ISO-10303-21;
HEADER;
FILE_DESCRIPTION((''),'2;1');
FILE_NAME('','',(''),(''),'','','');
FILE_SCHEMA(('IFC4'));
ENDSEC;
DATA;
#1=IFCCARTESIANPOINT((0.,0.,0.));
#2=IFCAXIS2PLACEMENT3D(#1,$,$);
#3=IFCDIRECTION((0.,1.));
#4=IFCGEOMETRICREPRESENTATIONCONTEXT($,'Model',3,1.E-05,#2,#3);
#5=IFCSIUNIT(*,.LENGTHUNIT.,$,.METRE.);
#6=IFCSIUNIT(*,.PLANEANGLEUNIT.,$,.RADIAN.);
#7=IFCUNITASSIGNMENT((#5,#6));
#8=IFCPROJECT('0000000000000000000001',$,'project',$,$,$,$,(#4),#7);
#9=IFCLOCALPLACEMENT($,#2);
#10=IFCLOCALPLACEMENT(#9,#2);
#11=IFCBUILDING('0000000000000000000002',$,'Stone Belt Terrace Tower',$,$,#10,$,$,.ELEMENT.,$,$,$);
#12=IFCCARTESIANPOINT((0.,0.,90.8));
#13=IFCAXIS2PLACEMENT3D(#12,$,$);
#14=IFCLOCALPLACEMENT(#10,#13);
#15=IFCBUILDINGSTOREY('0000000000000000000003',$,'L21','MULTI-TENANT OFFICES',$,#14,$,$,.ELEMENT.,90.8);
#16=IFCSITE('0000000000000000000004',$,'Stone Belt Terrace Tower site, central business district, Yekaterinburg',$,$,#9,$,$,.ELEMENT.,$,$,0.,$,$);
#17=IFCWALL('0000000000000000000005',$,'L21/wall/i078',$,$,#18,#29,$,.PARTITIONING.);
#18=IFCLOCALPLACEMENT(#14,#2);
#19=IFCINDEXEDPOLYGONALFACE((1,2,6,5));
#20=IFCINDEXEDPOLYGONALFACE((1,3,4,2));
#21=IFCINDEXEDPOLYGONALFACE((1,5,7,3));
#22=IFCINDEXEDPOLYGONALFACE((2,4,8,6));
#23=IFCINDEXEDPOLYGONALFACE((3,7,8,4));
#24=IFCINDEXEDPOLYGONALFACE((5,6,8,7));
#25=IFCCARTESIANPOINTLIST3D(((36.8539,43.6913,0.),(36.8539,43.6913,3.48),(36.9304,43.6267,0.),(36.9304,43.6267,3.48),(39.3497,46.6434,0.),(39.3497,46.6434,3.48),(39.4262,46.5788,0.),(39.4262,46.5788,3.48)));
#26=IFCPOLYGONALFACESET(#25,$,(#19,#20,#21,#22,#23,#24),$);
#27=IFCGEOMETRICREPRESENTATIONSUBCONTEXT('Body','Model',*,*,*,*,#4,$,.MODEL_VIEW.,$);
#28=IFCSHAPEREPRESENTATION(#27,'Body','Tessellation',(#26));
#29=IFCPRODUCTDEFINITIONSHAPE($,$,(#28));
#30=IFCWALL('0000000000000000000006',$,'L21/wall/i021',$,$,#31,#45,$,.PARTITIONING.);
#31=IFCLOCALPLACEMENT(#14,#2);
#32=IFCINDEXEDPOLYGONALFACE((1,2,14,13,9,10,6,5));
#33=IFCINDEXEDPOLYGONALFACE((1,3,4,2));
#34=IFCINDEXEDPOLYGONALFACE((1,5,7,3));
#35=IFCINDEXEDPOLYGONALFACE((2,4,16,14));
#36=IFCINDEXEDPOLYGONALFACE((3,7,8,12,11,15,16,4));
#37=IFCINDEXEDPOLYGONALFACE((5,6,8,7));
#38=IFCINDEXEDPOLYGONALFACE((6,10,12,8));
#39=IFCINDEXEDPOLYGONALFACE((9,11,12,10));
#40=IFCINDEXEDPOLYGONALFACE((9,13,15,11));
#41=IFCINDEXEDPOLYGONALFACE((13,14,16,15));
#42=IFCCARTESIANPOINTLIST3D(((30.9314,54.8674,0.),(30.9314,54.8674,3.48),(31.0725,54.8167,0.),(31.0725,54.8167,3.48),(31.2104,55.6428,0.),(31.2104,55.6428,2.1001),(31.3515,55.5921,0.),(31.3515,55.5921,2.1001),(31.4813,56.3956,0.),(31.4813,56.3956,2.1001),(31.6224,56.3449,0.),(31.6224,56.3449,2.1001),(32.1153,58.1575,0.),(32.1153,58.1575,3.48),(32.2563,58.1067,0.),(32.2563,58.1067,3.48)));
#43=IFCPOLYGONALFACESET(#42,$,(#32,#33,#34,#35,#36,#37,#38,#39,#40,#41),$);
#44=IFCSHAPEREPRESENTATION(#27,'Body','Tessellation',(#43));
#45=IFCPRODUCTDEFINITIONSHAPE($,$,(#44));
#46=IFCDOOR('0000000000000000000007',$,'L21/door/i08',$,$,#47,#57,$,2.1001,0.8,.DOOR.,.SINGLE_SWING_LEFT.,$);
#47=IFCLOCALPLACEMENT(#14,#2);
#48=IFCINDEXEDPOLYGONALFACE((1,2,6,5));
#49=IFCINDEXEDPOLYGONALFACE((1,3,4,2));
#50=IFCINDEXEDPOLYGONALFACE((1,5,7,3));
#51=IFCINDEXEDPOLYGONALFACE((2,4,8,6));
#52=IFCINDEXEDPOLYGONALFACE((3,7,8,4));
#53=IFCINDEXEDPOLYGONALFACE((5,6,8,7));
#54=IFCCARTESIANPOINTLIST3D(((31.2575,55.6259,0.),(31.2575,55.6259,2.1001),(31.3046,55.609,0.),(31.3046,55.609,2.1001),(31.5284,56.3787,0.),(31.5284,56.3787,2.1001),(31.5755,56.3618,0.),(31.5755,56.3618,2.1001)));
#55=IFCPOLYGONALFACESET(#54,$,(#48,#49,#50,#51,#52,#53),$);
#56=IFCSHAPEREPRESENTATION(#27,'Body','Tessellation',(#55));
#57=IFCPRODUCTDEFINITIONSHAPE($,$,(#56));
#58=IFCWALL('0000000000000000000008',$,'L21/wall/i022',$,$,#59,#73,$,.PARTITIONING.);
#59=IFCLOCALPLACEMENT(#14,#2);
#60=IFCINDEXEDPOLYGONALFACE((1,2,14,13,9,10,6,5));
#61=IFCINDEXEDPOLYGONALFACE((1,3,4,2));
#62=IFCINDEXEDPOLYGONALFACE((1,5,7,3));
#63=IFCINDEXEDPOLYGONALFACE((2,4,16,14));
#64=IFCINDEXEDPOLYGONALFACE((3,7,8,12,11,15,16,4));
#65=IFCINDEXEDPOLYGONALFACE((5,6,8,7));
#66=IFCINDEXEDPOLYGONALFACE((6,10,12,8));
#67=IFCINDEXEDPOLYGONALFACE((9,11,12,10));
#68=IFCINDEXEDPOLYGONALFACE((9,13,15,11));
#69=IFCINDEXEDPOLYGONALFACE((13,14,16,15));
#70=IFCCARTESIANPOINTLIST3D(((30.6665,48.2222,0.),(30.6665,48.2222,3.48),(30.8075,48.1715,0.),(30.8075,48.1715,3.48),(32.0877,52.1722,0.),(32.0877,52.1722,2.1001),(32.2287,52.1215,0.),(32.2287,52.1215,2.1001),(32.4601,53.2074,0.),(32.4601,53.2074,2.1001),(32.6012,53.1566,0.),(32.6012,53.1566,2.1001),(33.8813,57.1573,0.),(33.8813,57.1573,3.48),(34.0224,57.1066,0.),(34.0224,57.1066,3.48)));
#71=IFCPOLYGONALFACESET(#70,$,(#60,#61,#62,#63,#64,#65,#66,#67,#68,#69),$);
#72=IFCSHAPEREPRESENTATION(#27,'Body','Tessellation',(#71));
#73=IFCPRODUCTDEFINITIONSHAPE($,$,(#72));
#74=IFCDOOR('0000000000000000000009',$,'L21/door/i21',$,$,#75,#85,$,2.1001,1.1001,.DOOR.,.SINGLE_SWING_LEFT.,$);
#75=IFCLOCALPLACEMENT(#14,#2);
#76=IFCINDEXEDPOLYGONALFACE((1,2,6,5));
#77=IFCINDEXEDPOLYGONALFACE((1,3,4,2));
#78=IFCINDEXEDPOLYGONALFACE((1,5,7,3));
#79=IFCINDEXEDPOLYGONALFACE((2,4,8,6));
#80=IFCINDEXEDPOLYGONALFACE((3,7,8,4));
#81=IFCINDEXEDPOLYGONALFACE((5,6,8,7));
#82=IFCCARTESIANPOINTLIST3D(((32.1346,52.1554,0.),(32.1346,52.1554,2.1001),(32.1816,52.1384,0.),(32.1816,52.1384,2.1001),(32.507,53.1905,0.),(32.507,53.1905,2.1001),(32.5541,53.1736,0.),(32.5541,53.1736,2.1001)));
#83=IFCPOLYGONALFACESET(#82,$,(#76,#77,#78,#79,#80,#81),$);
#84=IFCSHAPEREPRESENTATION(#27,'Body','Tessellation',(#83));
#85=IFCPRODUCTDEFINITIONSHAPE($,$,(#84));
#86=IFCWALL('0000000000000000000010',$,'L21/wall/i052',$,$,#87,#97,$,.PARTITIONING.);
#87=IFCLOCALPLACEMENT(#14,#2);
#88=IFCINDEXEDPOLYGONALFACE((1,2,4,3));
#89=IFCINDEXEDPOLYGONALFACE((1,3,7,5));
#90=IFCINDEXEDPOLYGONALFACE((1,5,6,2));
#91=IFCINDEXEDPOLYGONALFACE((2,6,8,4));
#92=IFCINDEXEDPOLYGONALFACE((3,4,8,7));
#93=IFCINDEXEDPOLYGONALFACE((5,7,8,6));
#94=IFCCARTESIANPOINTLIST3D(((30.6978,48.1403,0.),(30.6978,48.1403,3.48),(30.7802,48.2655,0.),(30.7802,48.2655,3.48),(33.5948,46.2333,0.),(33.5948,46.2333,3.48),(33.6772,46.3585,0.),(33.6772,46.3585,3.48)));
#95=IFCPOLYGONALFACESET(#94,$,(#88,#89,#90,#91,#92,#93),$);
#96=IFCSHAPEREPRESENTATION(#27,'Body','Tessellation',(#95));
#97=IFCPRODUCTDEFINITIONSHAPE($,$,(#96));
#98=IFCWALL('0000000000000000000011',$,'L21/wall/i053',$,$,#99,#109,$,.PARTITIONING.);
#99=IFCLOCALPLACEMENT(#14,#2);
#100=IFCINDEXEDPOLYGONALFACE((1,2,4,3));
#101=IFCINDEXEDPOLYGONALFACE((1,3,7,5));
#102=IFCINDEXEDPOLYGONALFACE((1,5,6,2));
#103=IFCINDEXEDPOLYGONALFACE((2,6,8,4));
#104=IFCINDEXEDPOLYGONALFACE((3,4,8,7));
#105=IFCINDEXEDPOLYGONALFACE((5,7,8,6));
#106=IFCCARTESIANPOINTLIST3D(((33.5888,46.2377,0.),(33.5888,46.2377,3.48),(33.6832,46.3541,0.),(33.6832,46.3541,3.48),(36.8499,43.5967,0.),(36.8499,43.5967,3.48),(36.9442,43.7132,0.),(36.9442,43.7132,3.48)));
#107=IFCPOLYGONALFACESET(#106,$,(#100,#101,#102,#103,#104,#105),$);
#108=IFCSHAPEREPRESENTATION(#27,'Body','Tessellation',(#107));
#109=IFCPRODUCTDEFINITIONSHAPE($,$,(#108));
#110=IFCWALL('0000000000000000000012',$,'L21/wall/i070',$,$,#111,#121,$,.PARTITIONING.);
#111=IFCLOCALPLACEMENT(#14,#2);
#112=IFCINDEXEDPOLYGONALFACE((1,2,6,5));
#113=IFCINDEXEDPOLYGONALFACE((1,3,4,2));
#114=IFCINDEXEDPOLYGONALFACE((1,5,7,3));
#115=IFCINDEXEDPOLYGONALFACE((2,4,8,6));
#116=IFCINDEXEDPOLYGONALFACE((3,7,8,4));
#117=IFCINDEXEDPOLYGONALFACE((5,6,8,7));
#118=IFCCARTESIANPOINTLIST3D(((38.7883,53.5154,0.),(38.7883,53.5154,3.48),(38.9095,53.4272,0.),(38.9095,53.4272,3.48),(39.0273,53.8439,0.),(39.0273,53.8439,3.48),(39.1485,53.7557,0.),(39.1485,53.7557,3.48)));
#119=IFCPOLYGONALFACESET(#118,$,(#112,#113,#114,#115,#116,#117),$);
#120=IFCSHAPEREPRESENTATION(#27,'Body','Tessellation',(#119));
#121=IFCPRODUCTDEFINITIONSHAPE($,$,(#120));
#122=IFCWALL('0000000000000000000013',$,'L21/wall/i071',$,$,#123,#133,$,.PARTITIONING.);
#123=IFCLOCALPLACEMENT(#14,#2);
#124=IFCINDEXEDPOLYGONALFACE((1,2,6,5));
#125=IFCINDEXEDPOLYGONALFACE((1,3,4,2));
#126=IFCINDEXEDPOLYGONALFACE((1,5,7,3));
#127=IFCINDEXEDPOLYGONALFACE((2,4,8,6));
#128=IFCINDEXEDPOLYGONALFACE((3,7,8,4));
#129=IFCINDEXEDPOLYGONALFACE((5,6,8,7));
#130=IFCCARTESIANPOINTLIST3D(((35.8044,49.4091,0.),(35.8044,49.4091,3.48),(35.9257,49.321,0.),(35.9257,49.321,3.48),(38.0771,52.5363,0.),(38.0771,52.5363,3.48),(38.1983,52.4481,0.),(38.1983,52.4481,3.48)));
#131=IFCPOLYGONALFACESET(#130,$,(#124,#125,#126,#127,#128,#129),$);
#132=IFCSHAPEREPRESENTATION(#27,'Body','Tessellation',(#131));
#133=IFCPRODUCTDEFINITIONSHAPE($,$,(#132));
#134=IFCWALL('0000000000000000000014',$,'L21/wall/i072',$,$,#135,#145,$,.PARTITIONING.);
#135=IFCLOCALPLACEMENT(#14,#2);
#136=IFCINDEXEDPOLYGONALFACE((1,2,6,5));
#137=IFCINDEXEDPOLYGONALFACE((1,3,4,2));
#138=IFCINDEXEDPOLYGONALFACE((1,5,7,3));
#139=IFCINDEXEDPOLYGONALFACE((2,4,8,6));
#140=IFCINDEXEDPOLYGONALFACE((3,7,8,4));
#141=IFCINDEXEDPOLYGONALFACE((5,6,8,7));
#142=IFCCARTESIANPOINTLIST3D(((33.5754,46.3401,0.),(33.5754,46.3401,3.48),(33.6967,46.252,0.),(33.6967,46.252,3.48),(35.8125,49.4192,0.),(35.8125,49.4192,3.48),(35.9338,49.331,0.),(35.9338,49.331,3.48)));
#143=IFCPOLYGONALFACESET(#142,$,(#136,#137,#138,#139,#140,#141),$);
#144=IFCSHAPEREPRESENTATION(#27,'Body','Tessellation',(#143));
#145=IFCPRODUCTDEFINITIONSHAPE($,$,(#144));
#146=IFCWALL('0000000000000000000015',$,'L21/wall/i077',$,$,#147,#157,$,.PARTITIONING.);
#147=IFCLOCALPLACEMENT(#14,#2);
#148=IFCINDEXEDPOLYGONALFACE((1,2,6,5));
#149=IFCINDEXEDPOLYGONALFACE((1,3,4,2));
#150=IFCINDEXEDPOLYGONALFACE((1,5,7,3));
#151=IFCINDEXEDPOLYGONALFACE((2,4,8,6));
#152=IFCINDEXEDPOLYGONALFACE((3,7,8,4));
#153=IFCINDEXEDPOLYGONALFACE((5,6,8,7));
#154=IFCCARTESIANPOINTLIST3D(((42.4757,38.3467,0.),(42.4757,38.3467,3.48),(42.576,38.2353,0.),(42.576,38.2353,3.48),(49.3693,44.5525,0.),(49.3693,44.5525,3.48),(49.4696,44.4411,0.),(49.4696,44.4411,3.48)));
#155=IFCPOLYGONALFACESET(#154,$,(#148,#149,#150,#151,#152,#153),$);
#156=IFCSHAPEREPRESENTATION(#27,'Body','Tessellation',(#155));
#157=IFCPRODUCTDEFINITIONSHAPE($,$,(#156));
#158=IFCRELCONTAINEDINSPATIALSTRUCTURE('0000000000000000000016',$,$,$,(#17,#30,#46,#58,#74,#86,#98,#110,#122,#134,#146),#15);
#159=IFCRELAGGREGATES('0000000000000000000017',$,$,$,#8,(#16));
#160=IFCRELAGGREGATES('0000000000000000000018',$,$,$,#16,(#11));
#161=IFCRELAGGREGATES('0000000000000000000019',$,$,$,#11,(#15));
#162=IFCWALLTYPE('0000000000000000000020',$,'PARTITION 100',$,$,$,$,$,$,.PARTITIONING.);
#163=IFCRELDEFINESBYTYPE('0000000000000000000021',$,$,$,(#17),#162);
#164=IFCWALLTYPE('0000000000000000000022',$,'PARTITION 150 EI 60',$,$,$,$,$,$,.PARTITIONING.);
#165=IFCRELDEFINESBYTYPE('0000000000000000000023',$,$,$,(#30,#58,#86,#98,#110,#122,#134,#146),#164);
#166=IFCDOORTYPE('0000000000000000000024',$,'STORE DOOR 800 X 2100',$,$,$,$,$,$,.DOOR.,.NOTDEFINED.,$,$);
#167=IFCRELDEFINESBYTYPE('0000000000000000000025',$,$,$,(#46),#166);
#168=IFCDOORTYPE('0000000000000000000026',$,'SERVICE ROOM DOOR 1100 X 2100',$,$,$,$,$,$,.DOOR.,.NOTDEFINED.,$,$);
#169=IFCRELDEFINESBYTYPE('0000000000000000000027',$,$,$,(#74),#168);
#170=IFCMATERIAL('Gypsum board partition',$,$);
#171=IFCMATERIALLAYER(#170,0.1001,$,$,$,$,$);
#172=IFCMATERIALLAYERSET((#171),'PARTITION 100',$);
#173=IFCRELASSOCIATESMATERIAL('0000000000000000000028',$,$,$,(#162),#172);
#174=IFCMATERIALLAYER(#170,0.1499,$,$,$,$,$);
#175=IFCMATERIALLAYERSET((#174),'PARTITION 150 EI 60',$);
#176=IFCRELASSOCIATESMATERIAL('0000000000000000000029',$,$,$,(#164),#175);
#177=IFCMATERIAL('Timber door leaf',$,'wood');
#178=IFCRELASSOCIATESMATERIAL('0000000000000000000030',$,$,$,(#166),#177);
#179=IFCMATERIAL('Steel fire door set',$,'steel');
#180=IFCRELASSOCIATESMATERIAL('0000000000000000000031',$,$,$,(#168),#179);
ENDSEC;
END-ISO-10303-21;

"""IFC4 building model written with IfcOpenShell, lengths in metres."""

from ifc_helpers import new_model, si_unit, direction, frame, frame_2d, origin, place, context, subcontext, project, spatial, rectangle, extrude, material, layer, layer_set, type_object, element, fill, save


model = new_model("IFC4")

# Units and contexts
model_context = context("Model", 3, precision=1e-05, world=origin(), true_north=direction((0.0, 1.0)))
body_context = subcontext(model_context, "Body", "Model", "MODEL_VIEW")
ifc_project = project(units=[si_unit("LENGTHUNIT", "METRE"), si_unit("PLANEANGLEUNIT", "RADIAN")], contexts=[model_context])

# Site, building, storey
site_placement = place(None, origin())
site = spatial("IfcSite", under=ifc_project, at=site_placement, Name="Stone Belt Terrace Tower site, central business district, Yekaterinburg", CompositionType="ELEMENT", RefElevation=0.0)
building_placement = place(site_placement, origin())
building = spatial("IfcBuilding", under=site, at=building_placement, Name="Stone Belt Terrace Tower", CompositionType="ELEMENT")
storey_placement = place(building_placement, frame((0.0, 0.0, 90.8)))
storey = spatial("IfcBuildingStorey", under=building, at=storey_placement, Name="L21", Description="MULTI-TENANT OFFICES", CompositionType="ELEMENT", Elevation=90.8)

# Shared definitions
ifc_material_1 = material(Name="Gypsum board partition")
ifc_layer_1 = layer(ifc_material_1, 0.1001)
ifc_layer_set_1 = layer_set([ifc_layer_1], Name="PARTITION 100")
wall_type_1 = type_object("IfcWallType", Name="PARTITION 100", PredefinedType="PARTITIONING", material=ifc_layer_set_1)
ifc_material_2 = material(Name="Timber door leaf", Category="wood")

# Wall
wall_1_placement = place(storey_placement, frame((39.3879, 46.6111, 0.0), z_axis=(0.0, 0.0, 1.0), x_axis=(-0.645622, -0.763657, 0.0)))
element("IfcWall", 1, at=wall_1_placement, inside=storey, type_object=wall_type_1, Name="L21/wall/i078", PredefinedType="PARTITIONING", context=body_context, shape_type="SweptSolid", body=[
    extrude(rectangle(XDim=3.8657, YDim=0.1001, at=frame_2d((1.9329, 0.0))), origin(), (0.0, 0.0, 1.0), 3.48),
])

# Walls, openings, doors
ifc_layer_2 = layer(ifc_material_1, 0.1499)
ifc_layer_set_2 = layer_set([ifc_layer_2], Name="PARTITION 150 EI 60")
wall_type_2 = type_object("IfcWallType", Name="PARTITION 150 EI 60", PredefinedType="PARTITIONING", material=ifc_layer_set_2)
wall_2_placement = place(storey_placement, frame((31.002, 54.842, 0.0), z_axis=(0.0, 0.0, 1.0), x_axis=(0.338574, 0.94094, 0.0)))
wall_2 = element("IfcWall", 2, at=wall_2_placement, inside=storey, type_object=wall_type_2, Name="L21/wall/i021", PredefinedType="PARTITIONING", context=body_context, shape_type="SweptSolid", body=[
    extrude(rectangle(XDim=3.4966, YDim=0.1499, at=frame_2d((1.7483, 0.0))), origin(), (0.0, 0.0, 1.0), 3.48),
])
opening_1_placement = place(wall_2_placement, frame((0.8242, 0.0, 0.0)))
opening_1 = element("IfcOpeningElement", 3, at=opening_1_placement, cuts=wall_2, PredefinedType="OPENING", context=body_context, shape_type="SweptSolid", body=[
    extrude(rectangle(XDim=0.8, YDim=2.1001, at=frame_2d((0.3999, 1.05))), frame((0.0, 0.085, 0.0), z_axis=(0.0, -1.0, 0.0), x_axis=(1.0, 0.0, 0.0)), (0.0, 0.0, 1.0), 0.1699),
])
door_type_1 = type_object("IfcDoorType", Name="STORE DOOR 800 X 2100", OperationType="NOTDEFINED", PredefinedType="DOOR", material=ifc_material_2)
door_1_placement = place(opening_1_placement, origin())
door_1 = element("IfcDoor", 4, at=door_1_placement, inside=storey, type_object=door_type_1, Name="L21/door/i08", OperationType="SINGLE_SWING_LEFT", OverallHeight=2.1001, OverallWidth=0.8, PredefinedType="DOOR", context=body_context, shape_type="SweptSolid", body=[
    extrude(rectangle(XDim=0.8, YDim=2.1001, at=frame_2d((0.3999, 1.05))), frame((0.0, 0.0249, 0.0), z_axis=(0.0, -1.0, 0.0), x_axis=(1.0, 0.0, 0.0)), (0.0, 0.0, 1.0), 0.05),
])
fill(opening_1, door_1)
wall_3_placement = place(storey_placement, frame((33.9519, 57.1321, 0.0), z_axis=(0.0, 0.0, 1.0), x_axis=(-0.338554, -0.940947, 0.0)))
wall_3 = element("IfcWall", 5, at=wall_3_placement, inside=storey, type_object=wall_type_2, Name="L21/wall/i022", PredefinedType="PARTITIONING", context=body_context, shape_type="SweptSolid", body=[
    extrude(rectangle(XDim=9.4958, YDim=0.1499, at=frame_2d((4.748, 0.0))), origin(), (0.0, 0.0, 1.0), 3.48),
])
opening_2_placement = place(wall_3_placement, frame((4.198, 0.0, 0.0)))
opening_2 = element("IfcOpeningElement", 6, at=opening_2_placement, cuts=wall_3, PredefinedType="OPENING", context=body_context, shape_type="SweptSolid", body=[
    extrude(rectangle(XDim=1.1001, YDim=2.1001, at=frame_2d((0.55, 1.05))), frame((0.0, 0.085, 0.0), z_axis=(0.0, -1.0, 0.0), x_axis=(1.0, 0.0, 0.0)), (0.0, 0.0, 1.0), 0.1699),
])
ifc_material_3 = material(Name="Steel fire door set", Category="steel")
door_type_2 = type_object("IfcDoorType", Name="SERVICE ROOM DOOR 1100 X 2100", OperationType="NOTDEFINED", PredefinedType="DOOR", material=ifc_material_3)
door_2_placement = place(opening_2_placement, origin())
door_2 = element("IfcDoor", 7, at=door_2_placement, inside=storey, type_object=door_type_2, Name="L21/door/i21", OperationType="SINGLE_SWING_LEFT", OverallHeight=2.1001, OverallWidth=1.1001, PredefinedType="DOOR", context=body_context, shape_type="SweptSolid", body=[
    extrude(rectangle(XDim=1.1001, YDim=2.1001, at=frame_2d((0.55, 1.05))), frame((0.0, 0.0249, 0.0), z_axis=(0.0, -1.0, 0.0), x_axis=(1.0, 0.0, 0.0)), (0.0, 0.0, 1.0), 0.05),
])
fill(opening_2, door_2)

# Walls
wall_4_placement = place(storey_placement, frame((30.739, 48.2029, 0.0), z_axis=(0.0, 0.0, 1.0), x_axis=(0.835274, -0.549834, 0.0)))
element("IfcWall", 8, at=wall_4_placement, inside=storey, type_object=wall_type_2, Name="L21/wall/i052", PredefinedType="PARTITIONING", context=body_context, shape_type="SweptSolid", body=[
    extrude(rectangle(XDim=3.4683, YDim=0.1499, at=frame_2d((1.7341, 0.0))), origin(), (0.0, 0.0, 1.0), 3.48),
])
wall_5_placement = place(storey_placement, frame((33.636, 46.2959, 0.0), z_axis=(0.0, 0.0, 1.0), x_axis=(0.777126, -0.629346, 0.0)))
element("IfcWall", 9, at=wall_5_placement, inside=storey, type_object=wall_type_2, Name="L21/wall/i053", PredefinedType="PARTITIONING", context=body_context, shape_type="SweptSolid", body=[
    extrude(rectangle(XDim=4.1963, YDim=0.1499, at=frame_2d((2.0981, 0.0))), origin(), (0.0, 0.0, 1.0), 3.48),
])
wall_6_placement = place(storey_placement, frame((39.0879, 53.7998, 0.0), z_axis=(0.0, 0.0, 1.0), x_axis=(-0.588207, -0.80871, 0.0)))
element("IfcWall", 10, at=wall_6_placement, inside=storey, type_object=wall_type_2, Name="L21/wall/i070", PredefinedType="PARTITIONING", context=body_context, shape_type="SweptSolid", body=[
    extrude(rectangle(XDim=0.4062, YDim=0.1499, at=frame_2d((0.2031, 0.0))), origin(), (0.0, 0.0, 1.0), 3.48),
])
wall_7_placement = place(storey_placement, frame((38.1377, 52.4922, 0.0), z_axis=(0.0, 0.0, 1.0), x_axis=(-0.587898, -0.808935, 0.0)))
element("IfcWall", 11, at=wall_7_placement, inside=storey, type_object=wall_type_2, Name="L21/wall/i071", PredefinedType="PARTITIONING", context=body_context, shape_type="SweptSolid", body=[
    extrude(rectangle(XDim=3.8657, YDim=0.1499, at=frame_2d((1.9329, 0.0))), origin(), (0.0, 0.0, 1.0), 3.48),
])
wall_8_placement = place(storey_placement, frame((35.873, 49.375, 0.0), z_axis=(0.0, 0.0, 1.0), x_axis=(-0.587779, -0.809022, 0.0)))
element("IfcWall", 12, at=wall_8_placement, inside=storey, type_object=wall_type_2, Name="L21/wall/i072", PredefinedType="PARTITIONING", context=body_context, shape_type="SweptSolid", body=[
    extrude(rectangle(XDim=3.8059, YDim=0.1499, at=frame_2d((1.9028, 0.0))), origin(), (0.0, 0.0, 1.0), 3.48),
])
wall_9_placement = place(storey_placement, frame((49.4194, 44.4968, 0.0), z_axis=(0.0, 0.0, 1.0), x_axis=(-0.743208, -0.669061, 0.0)))
element("IfcWall", 13, at=wall_9_placement, inside=storey, type_object=wall_type_2, Name="L21/wall/i077", PredefinedType="PARTITIONING", context=body_context, shape_type="SweptSolid", body=[
    extrude(rectangle(XDim=9.2754, YDim=0.1499, at=frame_2d((4.6377, 0.0))), origin(), (0.0, 0.0, 1.0), 3.48),
])

save(model, "model.ifc")
